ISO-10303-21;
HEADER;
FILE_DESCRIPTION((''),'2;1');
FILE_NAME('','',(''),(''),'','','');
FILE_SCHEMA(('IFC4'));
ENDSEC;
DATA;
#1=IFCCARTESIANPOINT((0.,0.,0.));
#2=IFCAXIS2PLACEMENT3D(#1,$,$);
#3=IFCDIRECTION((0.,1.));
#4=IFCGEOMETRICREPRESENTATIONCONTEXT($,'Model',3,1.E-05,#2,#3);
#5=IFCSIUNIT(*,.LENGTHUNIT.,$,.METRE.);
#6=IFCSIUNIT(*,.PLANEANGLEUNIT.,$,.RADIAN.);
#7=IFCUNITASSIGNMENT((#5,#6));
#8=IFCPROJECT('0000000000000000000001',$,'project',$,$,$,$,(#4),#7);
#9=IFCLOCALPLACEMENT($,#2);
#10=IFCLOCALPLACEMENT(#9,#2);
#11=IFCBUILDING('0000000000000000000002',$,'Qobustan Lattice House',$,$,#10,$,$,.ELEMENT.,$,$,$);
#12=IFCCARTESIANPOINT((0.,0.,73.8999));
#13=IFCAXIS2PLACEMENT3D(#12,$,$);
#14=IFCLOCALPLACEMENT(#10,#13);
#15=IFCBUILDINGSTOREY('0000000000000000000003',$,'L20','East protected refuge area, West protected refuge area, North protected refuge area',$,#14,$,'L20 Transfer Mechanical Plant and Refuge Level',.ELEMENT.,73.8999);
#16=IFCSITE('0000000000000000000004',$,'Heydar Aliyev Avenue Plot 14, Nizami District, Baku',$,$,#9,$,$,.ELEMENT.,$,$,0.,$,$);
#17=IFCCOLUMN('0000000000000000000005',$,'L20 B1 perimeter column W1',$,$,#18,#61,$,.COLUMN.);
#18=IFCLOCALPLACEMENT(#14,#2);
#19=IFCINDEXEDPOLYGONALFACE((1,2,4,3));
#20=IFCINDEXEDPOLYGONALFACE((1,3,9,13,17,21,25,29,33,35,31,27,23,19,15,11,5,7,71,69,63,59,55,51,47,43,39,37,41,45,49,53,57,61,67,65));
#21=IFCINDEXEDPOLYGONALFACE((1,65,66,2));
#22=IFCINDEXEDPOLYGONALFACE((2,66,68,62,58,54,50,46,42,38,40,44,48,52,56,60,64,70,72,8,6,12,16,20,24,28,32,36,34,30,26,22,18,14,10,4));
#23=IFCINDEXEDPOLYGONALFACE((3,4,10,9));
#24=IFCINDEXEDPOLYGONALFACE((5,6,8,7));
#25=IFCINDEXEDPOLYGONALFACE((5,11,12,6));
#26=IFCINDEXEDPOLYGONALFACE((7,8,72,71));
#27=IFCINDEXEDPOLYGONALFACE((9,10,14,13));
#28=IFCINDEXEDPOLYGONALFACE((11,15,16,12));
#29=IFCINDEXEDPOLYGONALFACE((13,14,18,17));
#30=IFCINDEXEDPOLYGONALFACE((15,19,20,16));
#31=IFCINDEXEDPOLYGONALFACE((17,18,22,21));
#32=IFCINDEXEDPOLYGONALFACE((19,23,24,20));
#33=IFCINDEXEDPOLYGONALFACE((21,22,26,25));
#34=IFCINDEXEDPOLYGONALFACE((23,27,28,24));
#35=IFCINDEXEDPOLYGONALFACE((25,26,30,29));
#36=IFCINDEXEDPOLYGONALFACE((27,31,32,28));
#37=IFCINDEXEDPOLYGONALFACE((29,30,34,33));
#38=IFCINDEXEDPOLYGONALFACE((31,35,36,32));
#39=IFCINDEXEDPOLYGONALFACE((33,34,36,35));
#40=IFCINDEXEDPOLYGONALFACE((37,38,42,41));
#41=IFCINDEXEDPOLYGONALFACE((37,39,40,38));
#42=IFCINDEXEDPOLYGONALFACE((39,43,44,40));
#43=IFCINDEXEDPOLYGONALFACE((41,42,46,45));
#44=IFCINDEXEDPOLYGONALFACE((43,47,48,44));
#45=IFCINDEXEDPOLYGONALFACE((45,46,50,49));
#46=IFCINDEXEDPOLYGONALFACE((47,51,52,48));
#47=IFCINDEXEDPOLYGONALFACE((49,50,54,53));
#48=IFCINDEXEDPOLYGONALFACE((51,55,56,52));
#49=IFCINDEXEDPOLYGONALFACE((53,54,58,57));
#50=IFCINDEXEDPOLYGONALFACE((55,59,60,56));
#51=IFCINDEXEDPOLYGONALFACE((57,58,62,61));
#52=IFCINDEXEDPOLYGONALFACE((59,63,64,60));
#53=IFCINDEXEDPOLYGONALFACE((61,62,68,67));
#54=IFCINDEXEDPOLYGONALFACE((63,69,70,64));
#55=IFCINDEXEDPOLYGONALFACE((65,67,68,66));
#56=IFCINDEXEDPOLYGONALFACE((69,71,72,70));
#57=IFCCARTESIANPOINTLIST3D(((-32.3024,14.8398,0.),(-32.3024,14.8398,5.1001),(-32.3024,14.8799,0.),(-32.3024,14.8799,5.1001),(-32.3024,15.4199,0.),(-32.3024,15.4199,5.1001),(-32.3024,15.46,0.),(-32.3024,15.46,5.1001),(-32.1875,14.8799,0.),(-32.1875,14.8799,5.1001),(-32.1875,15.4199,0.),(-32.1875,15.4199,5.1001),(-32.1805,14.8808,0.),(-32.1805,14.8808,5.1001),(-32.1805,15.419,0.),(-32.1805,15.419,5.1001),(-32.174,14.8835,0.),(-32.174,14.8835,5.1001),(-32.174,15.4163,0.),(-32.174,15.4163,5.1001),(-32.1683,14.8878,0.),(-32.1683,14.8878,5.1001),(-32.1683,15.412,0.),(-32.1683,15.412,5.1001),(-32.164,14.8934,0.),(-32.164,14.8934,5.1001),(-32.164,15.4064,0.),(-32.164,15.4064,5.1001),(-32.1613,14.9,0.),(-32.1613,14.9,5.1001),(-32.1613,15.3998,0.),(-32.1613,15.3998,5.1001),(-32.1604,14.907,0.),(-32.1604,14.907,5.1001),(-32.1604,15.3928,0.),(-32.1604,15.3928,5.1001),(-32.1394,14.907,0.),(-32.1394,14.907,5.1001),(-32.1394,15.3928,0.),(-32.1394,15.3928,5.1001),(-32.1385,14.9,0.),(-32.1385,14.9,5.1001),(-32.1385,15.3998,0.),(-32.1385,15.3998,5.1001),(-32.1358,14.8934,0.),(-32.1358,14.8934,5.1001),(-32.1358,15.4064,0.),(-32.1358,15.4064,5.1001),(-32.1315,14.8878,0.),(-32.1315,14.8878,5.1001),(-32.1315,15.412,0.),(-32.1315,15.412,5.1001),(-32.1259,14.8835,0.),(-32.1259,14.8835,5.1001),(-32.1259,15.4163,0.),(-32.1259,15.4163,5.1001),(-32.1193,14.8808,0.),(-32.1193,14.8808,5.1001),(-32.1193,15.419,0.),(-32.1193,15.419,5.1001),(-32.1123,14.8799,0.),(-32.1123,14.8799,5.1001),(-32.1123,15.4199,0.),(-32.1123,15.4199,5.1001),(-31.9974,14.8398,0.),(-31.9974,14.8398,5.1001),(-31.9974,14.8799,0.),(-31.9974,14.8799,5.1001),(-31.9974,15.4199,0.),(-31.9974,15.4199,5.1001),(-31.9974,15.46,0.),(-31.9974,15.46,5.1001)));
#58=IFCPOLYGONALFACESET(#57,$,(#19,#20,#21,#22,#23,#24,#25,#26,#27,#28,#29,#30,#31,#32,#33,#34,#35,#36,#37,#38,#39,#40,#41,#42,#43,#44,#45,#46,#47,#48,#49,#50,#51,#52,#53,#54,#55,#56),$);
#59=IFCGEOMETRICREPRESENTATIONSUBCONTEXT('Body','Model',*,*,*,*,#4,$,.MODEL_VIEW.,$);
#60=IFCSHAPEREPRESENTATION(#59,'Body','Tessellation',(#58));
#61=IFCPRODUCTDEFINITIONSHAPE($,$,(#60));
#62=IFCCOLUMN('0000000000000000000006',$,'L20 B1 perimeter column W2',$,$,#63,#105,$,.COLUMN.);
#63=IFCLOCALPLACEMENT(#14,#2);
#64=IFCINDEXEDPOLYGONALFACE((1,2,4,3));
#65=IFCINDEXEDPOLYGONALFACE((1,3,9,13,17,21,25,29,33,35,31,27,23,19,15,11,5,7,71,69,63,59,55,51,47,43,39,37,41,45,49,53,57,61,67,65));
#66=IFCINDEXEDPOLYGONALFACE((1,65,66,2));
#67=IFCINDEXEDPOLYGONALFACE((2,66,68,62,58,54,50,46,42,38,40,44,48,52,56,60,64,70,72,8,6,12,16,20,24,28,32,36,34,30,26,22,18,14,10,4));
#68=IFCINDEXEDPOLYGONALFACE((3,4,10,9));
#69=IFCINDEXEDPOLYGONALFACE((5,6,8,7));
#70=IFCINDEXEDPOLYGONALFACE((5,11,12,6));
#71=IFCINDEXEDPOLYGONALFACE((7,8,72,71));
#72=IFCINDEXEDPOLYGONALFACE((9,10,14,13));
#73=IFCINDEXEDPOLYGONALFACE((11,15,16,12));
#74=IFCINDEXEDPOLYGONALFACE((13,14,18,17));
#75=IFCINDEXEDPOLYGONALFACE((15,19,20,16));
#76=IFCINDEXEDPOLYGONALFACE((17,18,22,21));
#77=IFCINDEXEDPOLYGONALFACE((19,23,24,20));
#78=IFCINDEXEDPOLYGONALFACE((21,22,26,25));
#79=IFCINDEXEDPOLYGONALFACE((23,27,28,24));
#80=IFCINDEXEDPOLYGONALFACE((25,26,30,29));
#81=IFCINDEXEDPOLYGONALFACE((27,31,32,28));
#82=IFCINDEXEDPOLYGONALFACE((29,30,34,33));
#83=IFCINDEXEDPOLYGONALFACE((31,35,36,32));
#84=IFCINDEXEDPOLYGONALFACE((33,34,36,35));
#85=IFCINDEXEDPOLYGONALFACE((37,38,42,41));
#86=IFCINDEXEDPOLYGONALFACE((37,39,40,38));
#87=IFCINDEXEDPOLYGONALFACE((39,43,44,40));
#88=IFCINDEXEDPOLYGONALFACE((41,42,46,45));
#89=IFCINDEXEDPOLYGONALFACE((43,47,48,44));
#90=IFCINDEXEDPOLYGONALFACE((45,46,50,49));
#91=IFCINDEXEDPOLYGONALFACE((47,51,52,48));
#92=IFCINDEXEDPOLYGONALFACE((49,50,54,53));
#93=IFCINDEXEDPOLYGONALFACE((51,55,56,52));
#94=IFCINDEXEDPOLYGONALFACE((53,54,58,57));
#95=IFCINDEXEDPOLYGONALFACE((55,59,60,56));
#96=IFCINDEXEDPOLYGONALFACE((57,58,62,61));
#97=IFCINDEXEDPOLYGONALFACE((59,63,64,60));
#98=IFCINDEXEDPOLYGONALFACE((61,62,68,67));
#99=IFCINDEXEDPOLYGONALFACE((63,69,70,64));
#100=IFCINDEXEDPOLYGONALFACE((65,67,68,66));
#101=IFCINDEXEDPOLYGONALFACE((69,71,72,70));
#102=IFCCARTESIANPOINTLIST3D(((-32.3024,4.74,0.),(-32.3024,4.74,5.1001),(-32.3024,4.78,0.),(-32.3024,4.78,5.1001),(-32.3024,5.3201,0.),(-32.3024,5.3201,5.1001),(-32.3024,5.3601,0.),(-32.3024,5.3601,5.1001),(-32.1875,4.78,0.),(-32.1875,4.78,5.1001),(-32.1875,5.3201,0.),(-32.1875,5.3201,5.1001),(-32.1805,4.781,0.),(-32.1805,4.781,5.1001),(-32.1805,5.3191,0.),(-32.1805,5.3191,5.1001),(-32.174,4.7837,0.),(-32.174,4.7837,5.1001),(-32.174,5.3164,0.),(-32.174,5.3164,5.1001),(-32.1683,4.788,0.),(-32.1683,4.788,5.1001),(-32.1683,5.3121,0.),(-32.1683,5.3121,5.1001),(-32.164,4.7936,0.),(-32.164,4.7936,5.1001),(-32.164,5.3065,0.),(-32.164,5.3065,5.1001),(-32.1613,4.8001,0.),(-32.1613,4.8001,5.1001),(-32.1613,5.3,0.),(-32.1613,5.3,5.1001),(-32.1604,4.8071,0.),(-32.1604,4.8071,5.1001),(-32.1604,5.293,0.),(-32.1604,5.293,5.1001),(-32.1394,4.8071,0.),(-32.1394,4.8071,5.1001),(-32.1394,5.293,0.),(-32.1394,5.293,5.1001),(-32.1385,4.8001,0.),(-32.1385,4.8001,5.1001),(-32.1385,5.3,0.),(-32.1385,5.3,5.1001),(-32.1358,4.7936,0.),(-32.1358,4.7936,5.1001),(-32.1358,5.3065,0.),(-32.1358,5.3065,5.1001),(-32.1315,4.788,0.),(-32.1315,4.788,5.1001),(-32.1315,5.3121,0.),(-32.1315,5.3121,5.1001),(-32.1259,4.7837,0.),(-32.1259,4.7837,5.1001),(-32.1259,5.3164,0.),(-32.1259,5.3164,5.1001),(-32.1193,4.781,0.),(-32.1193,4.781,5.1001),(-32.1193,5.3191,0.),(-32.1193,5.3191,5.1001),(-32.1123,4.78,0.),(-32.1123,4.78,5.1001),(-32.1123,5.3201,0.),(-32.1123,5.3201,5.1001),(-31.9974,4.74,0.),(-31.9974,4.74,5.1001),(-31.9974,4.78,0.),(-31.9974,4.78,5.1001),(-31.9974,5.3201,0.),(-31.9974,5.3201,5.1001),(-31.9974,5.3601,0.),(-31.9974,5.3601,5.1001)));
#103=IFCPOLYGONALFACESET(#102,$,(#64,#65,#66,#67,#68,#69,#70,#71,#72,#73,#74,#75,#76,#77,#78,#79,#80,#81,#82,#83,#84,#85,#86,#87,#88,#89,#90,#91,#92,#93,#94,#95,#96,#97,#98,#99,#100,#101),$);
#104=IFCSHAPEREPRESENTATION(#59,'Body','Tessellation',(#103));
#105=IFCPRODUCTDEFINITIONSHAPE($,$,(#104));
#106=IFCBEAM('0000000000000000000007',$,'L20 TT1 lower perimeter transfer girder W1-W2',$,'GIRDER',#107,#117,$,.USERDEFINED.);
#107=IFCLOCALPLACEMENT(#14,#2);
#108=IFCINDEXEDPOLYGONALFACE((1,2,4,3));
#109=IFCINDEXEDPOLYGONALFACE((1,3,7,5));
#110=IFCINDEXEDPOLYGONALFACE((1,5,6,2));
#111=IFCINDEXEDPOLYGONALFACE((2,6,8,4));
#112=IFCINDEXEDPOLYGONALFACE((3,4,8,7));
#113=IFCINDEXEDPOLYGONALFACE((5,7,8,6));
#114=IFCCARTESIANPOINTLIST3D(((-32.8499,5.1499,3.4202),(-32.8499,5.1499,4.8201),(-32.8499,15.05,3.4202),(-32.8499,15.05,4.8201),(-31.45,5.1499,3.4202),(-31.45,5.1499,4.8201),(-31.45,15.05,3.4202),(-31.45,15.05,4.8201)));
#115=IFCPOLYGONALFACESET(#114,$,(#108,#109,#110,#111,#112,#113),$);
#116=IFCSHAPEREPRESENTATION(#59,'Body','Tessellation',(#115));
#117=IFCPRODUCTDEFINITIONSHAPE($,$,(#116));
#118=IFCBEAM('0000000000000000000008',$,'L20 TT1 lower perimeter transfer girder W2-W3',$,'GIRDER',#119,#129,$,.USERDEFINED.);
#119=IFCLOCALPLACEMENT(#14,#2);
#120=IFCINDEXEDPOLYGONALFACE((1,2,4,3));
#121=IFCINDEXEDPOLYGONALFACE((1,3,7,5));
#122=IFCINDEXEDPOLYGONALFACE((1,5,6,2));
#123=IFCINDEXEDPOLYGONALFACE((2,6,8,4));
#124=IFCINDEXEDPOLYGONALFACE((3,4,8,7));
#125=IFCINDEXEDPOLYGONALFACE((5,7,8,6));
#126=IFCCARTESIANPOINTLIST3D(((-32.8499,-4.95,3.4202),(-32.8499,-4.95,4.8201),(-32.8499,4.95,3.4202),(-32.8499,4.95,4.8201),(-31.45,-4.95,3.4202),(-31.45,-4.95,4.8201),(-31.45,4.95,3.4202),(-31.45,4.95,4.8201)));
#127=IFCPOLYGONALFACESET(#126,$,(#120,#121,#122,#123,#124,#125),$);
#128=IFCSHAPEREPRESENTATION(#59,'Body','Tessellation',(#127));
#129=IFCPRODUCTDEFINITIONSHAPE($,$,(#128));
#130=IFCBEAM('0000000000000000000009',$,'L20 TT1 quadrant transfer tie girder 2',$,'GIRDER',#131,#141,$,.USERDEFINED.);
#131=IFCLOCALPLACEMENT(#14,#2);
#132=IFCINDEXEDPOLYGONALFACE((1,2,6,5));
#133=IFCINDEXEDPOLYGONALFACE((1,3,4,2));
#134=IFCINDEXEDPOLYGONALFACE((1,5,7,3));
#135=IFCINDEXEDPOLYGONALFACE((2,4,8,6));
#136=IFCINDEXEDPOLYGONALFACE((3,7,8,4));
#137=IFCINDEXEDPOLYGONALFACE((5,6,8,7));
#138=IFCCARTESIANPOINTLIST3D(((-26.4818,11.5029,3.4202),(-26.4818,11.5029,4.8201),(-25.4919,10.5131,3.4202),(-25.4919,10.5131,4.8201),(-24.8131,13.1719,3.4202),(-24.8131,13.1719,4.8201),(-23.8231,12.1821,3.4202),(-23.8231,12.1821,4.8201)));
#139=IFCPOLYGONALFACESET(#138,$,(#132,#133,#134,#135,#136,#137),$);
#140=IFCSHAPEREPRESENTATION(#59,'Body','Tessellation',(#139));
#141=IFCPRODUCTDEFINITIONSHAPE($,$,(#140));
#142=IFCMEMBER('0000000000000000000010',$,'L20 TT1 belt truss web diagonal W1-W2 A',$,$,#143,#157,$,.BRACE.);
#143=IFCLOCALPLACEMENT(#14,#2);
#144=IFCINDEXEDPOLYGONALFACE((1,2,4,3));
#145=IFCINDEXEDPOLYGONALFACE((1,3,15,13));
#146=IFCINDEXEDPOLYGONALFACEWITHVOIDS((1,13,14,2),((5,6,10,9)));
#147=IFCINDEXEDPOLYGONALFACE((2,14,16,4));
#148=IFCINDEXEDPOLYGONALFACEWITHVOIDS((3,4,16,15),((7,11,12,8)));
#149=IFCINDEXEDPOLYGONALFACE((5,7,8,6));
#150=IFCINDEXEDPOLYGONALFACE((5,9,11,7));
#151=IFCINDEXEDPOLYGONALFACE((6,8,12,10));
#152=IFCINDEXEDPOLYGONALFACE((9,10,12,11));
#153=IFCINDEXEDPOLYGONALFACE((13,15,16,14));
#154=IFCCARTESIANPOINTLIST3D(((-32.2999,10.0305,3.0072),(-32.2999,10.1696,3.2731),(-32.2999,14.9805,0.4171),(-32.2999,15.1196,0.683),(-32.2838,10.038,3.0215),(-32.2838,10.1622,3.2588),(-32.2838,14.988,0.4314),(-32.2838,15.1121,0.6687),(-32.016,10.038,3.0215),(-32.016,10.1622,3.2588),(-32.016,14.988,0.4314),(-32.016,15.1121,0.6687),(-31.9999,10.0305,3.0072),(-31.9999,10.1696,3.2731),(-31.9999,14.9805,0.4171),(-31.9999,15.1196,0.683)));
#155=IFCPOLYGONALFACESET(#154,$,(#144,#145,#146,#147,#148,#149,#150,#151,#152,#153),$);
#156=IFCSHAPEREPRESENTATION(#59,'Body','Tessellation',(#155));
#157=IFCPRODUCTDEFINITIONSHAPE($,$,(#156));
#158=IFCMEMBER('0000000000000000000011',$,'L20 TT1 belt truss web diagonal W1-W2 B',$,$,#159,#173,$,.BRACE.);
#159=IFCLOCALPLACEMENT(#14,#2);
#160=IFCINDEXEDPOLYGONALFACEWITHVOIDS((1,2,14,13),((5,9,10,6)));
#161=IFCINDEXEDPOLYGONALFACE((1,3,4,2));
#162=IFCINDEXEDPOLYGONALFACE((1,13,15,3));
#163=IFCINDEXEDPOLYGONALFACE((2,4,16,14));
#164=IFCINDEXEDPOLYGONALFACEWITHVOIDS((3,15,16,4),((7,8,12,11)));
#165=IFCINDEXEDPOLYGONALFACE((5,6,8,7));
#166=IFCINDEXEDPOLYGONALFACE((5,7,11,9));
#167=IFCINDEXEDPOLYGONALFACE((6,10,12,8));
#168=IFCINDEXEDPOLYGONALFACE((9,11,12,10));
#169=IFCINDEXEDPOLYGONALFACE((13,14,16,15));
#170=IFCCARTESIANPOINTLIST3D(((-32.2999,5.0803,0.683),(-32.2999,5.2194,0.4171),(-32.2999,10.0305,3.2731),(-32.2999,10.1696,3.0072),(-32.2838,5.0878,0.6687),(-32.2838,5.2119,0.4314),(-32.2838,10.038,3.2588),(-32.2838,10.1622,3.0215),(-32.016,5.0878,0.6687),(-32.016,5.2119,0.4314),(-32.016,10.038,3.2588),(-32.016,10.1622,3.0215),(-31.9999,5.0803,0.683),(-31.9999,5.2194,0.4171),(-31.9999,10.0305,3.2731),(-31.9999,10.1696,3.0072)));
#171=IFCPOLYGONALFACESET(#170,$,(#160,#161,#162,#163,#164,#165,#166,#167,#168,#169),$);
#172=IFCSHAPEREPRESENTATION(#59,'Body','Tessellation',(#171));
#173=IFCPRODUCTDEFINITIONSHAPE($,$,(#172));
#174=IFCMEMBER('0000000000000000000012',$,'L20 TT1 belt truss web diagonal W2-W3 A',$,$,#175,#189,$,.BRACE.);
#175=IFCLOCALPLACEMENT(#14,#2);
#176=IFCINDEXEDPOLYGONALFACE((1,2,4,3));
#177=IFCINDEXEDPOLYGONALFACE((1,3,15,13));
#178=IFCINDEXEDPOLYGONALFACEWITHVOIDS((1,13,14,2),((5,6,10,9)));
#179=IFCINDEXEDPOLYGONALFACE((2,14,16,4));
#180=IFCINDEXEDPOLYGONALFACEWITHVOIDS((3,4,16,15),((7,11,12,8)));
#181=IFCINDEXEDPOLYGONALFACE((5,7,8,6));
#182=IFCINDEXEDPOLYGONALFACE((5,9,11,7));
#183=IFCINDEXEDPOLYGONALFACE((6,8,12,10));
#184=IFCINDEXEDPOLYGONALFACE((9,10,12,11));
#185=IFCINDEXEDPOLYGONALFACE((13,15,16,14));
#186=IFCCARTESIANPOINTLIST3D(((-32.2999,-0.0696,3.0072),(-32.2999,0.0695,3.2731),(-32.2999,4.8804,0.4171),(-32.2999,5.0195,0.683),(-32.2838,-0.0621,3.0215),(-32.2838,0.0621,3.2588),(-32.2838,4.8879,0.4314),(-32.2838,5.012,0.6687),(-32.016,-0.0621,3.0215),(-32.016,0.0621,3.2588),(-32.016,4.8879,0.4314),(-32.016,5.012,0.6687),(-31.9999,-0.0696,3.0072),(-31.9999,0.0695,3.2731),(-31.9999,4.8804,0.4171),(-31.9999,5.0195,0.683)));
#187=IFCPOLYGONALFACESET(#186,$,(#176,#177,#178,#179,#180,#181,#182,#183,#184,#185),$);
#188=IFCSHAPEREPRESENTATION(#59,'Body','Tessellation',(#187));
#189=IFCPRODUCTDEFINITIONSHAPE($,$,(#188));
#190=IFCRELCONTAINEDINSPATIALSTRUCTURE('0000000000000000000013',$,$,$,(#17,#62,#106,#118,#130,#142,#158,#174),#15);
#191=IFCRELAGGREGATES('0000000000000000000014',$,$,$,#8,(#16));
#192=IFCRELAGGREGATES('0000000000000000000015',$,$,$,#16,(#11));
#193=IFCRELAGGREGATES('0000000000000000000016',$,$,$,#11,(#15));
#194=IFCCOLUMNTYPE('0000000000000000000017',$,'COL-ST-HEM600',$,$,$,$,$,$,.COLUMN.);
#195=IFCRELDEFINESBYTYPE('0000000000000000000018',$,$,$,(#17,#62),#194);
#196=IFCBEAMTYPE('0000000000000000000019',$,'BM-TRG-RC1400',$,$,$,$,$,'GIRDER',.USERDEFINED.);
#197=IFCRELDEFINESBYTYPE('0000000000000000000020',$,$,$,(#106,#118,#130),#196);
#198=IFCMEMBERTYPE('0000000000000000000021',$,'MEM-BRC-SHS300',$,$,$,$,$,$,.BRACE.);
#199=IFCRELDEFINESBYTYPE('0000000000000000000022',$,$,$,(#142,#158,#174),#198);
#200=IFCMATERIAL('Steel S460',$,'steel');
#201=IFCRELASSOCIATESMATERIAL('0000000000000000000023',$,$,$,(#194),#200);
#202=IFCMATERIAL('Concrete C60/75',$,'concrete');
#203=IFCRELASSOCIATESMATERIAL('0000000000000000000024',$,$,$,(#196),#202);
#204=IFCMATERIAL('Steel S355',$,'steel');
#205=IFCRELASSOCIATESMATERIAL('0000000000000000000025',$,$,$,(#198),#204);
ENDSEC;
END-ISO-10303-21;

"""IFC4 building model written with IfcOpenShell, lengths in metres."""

from ifc_helpers import new_model, si_unit, direction, frame, origin, origin_2d, place, context, subcontext, project, spatial, rectangle, hollow_rectangle, i_section, extrude, material, material_profile, profile_set, type_object, element, save


model = new_model("IFC4")

# Units and contexts
model_context = context("Model", 3, precision=1e-05, world=origin(), true_north=direction((0.0, 1.0)))
body_context = subcontext(model_context, "Body", "Model", "MODEL_VIEW")
ifc_project = project(units=[si_unit("LENGTHUNIT", "METRE"), si_unit("PLANEANGLEUNIT", "RADIAN")], contexts=[model_context])

# Site, building, storey
site_placement = place(None, origin())
site = spatial("IfcSite", under=ifc_project, at=site_placement, Name="Heydar Aliyev Avenue Plot 14, Nizami District, Baku", CompositionType="ELEMENT", RefElevation=0.0)
building_placement = place(site_placement, origin())
building = spatial("IfcBuilding", under=site, at=building_placement, Name="Qobustan Lattice House", CompositionType="ELEMENT")
storey_placement = place(building_placement, frame((0.0, 0.0, 73.8999)))
storey = spatial("IfcBuildingStorey", under=building, at=storey_placement, Name="L20", Description="East protected refuge area, West protected refuge area, North protected refuge area", LongName="L20 Transfer Mechanical Plant and Refuge Level", CompositionType="ELEMENT", Elevation=73.8999)

# Columns
ifc_material_1 = material(Name="Steel S460", Category="steel")
ifc_material_profile_1 = material_profile(ifc_material_1, i_section(OverallWidth=0.3049, OverallDepth=0.6201, WebThickness=0.021, FlangeThickness=0.04, FilletRadius=0.0271, at=origin_2d()), Name="HEM600")
ifc_profile_set_1 = profile_set([ifc_material_profile_1], Name="Steel S460")
column_type = type_object("IfcColumnType", Name="COL-ST-HEM600", PredefinedType="COLUMN", material=ifc_profile_set_1)
for number, where, z_axis, x_axis, name in (
    (1, (-32.1499, 15.1499, 0.0), (0.0, 0.0, 1.0), (1.0, 0.0, 0.0), "L20 B1 perimeter column W1"),
    (2, (-32.1499, 5.05, 0.0), (0.0, 0.0, 1.0), (1.0, 0.0, 0.0), "L20 B1 perimeter column W2"),
):
    element("IfcColumn", number, at=place(storey_placement, frame(where, z_axis=z_axis, x_axis=x_axis)), inside=storey, type_object=column_type, Name=name, PredefinedType="COLUMN", context=body_context, shape_type="SweptSolid", body=[
        extrude(i_section(OverallWidth=0.3049, OverallDepth=0.6201, WebThickness=0.021, FlangeThickness=0.04, FilletRadius=0.0271, at=origin_2d()), origin(), (0.0, 0.0, 1.0), 5.1001),
    ])

# Beams
ifc_material_2 = material(Name="Concrete C60/75", Category="concrete")
ifc_material_profile_2 = material_profile(ifc_material_2, rectangle(XDim=1.3999, YDim=1.3999, at=origin_2d()), Name="RC1400x1400")
ifc_profile_set_2 = profile_set([ifc_material_profile_2], Name="Concrete C60/75")
beam_type = type_object("IfcBeamType", Name="BM-TRG-RC1400", ElementType="GIRDER", PredefinedType="USERDEFINED", material=ifc_profile_set_2)
beam_1_placement = place(storey_placement, frame((-32.1499, 15.05, 4.1201), z_axis=(0.0, -1.0, 0.0), x_axis=(1.0, 0.0, 0.0)))
element("IfcBeam", 3, at=beam_1_placement, inside=storey, type_object=beam_type, Name="L20 TT1 lower perimeter transfer girder W1-W2", ObjectType="GIRDER", PredefinedType="USERDEFINED", context=body_context, shape_type="SweptSolid", body=[
    extrude(rectangle(XDim=1.3999, YDim=1.3999, at=origin_2d()), origin(), (0.0, 0.0, 1.0), 9.9001),
])
beam_2_placement = place(storey_placement, frame((-32.1499, 4.95, 4.1201), z_axis=(0.0, -1.0, 0.0), x_axis=(1.0, 0.0, 0.0)))
element("IfcBeam", 4, at=beam_2_placement, inside=storey, type_object=beam_type, Name="L20 TT1 lower perimeter transfer girder W2-W3", ObjectType="GIRDER", PredefinedType="USERDEFINED", context=body_context, shape_type="SweptSolid", body=[
    extrude(rectangle(XDim=1.3999, YDim=1.3999, at=origin_2d()), origin(), (0.0, 0.0, 1.0), 9.8999),
])
beam_3_placement = place(storey_placement, frame((-24.3181, 12.677, 4.1201), z_axis=(-0.707055, -0.707159, 0.0), x_axis=(0.707159, -0.707055, 0.0)))
element("IfcBeam", 5, at=beam_3_placement, inside=storey, type_object=beam_type, Name="L20 TT1 quadrant transfer tie girder 2", ObjectType="GIRDER", PredefinedType="USERDEFINED", context=body_context, shape_type="SweptSolid", body=[
    extrude(rectangle(XDim=1.3999, YDim=1.3999, at=origin_2d()), origin(), (0.0, 0.0, 1.0), 2.3601),
])

# Members
ifc_material_3 = material(Name="Steel S355", Category="steel")
ifc_material_profile_3 = material_profile(ifc_material_3, hollow_rectangle(XDim=0.3, YDim=0.3, WallThickness=0.0161, at=origin_2d()), Name="SHS300x300x16")
ifc_profile_set_3 = profile_set([ifc_material_profile_3], Name="Steel S355")
member_type_1 = type_object("IfcMemberType", Name="MEM-BRC-SHS300", PredefinedType="BRACE", material=ifc_profile_set_3)
member_1_placement = place(storey_placement, frame((-32.1499, 15.05, 0.55), z_axis=(0.0, -0.886033, 0.463622), x_axis=(1.0, 0.0, 0.0)))
element("IfcMember", 6, at=member_1_placement, inside=storey, type_object=member_type_1, Name="L20 TT1 belt truss web diagonal W1-W2 A", PredefinedType="BRACE", context=body_context, shape_type="SweptSolid", body=[
    extrude(hollow_rectangle(XDim=0.3, YDim=0.3, WallThickness=0.0161, at=origin_2d()), origin(), (0.0, 0.0, 1.0), 5.5867),
])
member_2_placement = place(storey_placement, frame((-32.1499, 10.1001, 3.1401), z_axis=(0.0, -0.886043, -0.463604), x_axis=(1.0, 0.0, 0.0)))
element("IfcMember", 7, at=member_2_placement, inside=storey, type_object=member_type_1, Name="L20 TT1 belt truss web diagonal W1-W2 B", PredefinedType="BRACE", context=body_context, shape_type="SweptSolid", body=[
    extrude(hollow_rectangle(XDim=0.3, YDim=0.3, WallThickness=0.0161, at=origin_2d()), origin(), (0.0, 0.0, 1.0), 5.5869),
])
for number, where, z_axis, x_axis, name in (
    (8, (-32.1499, 4.95, 0.55), (0.0, -0.886033, 0.463622), (1.0, 0.0, 0.0), "L20 TT1 belt truss web diagonal W2-W3 A"),
):
    element("IfcMember", number, at=place(storey_placement, frame(where, z_axis=z_axis, x_axis=x_axis)), inside=storey, type_object=member_type_1, Name=name, PredefinedType="BRACE", context=body_context, shape_type="SweptSolid", body=[
        extrude(hollow_rectangle(XDim=0.3, YDim=0.3, WallThickness=0.0161, at=origin_2d()), origin(), (0.0, 0.0, 1.0), 5.5867),
    ])

save(model, "model.ifc")
